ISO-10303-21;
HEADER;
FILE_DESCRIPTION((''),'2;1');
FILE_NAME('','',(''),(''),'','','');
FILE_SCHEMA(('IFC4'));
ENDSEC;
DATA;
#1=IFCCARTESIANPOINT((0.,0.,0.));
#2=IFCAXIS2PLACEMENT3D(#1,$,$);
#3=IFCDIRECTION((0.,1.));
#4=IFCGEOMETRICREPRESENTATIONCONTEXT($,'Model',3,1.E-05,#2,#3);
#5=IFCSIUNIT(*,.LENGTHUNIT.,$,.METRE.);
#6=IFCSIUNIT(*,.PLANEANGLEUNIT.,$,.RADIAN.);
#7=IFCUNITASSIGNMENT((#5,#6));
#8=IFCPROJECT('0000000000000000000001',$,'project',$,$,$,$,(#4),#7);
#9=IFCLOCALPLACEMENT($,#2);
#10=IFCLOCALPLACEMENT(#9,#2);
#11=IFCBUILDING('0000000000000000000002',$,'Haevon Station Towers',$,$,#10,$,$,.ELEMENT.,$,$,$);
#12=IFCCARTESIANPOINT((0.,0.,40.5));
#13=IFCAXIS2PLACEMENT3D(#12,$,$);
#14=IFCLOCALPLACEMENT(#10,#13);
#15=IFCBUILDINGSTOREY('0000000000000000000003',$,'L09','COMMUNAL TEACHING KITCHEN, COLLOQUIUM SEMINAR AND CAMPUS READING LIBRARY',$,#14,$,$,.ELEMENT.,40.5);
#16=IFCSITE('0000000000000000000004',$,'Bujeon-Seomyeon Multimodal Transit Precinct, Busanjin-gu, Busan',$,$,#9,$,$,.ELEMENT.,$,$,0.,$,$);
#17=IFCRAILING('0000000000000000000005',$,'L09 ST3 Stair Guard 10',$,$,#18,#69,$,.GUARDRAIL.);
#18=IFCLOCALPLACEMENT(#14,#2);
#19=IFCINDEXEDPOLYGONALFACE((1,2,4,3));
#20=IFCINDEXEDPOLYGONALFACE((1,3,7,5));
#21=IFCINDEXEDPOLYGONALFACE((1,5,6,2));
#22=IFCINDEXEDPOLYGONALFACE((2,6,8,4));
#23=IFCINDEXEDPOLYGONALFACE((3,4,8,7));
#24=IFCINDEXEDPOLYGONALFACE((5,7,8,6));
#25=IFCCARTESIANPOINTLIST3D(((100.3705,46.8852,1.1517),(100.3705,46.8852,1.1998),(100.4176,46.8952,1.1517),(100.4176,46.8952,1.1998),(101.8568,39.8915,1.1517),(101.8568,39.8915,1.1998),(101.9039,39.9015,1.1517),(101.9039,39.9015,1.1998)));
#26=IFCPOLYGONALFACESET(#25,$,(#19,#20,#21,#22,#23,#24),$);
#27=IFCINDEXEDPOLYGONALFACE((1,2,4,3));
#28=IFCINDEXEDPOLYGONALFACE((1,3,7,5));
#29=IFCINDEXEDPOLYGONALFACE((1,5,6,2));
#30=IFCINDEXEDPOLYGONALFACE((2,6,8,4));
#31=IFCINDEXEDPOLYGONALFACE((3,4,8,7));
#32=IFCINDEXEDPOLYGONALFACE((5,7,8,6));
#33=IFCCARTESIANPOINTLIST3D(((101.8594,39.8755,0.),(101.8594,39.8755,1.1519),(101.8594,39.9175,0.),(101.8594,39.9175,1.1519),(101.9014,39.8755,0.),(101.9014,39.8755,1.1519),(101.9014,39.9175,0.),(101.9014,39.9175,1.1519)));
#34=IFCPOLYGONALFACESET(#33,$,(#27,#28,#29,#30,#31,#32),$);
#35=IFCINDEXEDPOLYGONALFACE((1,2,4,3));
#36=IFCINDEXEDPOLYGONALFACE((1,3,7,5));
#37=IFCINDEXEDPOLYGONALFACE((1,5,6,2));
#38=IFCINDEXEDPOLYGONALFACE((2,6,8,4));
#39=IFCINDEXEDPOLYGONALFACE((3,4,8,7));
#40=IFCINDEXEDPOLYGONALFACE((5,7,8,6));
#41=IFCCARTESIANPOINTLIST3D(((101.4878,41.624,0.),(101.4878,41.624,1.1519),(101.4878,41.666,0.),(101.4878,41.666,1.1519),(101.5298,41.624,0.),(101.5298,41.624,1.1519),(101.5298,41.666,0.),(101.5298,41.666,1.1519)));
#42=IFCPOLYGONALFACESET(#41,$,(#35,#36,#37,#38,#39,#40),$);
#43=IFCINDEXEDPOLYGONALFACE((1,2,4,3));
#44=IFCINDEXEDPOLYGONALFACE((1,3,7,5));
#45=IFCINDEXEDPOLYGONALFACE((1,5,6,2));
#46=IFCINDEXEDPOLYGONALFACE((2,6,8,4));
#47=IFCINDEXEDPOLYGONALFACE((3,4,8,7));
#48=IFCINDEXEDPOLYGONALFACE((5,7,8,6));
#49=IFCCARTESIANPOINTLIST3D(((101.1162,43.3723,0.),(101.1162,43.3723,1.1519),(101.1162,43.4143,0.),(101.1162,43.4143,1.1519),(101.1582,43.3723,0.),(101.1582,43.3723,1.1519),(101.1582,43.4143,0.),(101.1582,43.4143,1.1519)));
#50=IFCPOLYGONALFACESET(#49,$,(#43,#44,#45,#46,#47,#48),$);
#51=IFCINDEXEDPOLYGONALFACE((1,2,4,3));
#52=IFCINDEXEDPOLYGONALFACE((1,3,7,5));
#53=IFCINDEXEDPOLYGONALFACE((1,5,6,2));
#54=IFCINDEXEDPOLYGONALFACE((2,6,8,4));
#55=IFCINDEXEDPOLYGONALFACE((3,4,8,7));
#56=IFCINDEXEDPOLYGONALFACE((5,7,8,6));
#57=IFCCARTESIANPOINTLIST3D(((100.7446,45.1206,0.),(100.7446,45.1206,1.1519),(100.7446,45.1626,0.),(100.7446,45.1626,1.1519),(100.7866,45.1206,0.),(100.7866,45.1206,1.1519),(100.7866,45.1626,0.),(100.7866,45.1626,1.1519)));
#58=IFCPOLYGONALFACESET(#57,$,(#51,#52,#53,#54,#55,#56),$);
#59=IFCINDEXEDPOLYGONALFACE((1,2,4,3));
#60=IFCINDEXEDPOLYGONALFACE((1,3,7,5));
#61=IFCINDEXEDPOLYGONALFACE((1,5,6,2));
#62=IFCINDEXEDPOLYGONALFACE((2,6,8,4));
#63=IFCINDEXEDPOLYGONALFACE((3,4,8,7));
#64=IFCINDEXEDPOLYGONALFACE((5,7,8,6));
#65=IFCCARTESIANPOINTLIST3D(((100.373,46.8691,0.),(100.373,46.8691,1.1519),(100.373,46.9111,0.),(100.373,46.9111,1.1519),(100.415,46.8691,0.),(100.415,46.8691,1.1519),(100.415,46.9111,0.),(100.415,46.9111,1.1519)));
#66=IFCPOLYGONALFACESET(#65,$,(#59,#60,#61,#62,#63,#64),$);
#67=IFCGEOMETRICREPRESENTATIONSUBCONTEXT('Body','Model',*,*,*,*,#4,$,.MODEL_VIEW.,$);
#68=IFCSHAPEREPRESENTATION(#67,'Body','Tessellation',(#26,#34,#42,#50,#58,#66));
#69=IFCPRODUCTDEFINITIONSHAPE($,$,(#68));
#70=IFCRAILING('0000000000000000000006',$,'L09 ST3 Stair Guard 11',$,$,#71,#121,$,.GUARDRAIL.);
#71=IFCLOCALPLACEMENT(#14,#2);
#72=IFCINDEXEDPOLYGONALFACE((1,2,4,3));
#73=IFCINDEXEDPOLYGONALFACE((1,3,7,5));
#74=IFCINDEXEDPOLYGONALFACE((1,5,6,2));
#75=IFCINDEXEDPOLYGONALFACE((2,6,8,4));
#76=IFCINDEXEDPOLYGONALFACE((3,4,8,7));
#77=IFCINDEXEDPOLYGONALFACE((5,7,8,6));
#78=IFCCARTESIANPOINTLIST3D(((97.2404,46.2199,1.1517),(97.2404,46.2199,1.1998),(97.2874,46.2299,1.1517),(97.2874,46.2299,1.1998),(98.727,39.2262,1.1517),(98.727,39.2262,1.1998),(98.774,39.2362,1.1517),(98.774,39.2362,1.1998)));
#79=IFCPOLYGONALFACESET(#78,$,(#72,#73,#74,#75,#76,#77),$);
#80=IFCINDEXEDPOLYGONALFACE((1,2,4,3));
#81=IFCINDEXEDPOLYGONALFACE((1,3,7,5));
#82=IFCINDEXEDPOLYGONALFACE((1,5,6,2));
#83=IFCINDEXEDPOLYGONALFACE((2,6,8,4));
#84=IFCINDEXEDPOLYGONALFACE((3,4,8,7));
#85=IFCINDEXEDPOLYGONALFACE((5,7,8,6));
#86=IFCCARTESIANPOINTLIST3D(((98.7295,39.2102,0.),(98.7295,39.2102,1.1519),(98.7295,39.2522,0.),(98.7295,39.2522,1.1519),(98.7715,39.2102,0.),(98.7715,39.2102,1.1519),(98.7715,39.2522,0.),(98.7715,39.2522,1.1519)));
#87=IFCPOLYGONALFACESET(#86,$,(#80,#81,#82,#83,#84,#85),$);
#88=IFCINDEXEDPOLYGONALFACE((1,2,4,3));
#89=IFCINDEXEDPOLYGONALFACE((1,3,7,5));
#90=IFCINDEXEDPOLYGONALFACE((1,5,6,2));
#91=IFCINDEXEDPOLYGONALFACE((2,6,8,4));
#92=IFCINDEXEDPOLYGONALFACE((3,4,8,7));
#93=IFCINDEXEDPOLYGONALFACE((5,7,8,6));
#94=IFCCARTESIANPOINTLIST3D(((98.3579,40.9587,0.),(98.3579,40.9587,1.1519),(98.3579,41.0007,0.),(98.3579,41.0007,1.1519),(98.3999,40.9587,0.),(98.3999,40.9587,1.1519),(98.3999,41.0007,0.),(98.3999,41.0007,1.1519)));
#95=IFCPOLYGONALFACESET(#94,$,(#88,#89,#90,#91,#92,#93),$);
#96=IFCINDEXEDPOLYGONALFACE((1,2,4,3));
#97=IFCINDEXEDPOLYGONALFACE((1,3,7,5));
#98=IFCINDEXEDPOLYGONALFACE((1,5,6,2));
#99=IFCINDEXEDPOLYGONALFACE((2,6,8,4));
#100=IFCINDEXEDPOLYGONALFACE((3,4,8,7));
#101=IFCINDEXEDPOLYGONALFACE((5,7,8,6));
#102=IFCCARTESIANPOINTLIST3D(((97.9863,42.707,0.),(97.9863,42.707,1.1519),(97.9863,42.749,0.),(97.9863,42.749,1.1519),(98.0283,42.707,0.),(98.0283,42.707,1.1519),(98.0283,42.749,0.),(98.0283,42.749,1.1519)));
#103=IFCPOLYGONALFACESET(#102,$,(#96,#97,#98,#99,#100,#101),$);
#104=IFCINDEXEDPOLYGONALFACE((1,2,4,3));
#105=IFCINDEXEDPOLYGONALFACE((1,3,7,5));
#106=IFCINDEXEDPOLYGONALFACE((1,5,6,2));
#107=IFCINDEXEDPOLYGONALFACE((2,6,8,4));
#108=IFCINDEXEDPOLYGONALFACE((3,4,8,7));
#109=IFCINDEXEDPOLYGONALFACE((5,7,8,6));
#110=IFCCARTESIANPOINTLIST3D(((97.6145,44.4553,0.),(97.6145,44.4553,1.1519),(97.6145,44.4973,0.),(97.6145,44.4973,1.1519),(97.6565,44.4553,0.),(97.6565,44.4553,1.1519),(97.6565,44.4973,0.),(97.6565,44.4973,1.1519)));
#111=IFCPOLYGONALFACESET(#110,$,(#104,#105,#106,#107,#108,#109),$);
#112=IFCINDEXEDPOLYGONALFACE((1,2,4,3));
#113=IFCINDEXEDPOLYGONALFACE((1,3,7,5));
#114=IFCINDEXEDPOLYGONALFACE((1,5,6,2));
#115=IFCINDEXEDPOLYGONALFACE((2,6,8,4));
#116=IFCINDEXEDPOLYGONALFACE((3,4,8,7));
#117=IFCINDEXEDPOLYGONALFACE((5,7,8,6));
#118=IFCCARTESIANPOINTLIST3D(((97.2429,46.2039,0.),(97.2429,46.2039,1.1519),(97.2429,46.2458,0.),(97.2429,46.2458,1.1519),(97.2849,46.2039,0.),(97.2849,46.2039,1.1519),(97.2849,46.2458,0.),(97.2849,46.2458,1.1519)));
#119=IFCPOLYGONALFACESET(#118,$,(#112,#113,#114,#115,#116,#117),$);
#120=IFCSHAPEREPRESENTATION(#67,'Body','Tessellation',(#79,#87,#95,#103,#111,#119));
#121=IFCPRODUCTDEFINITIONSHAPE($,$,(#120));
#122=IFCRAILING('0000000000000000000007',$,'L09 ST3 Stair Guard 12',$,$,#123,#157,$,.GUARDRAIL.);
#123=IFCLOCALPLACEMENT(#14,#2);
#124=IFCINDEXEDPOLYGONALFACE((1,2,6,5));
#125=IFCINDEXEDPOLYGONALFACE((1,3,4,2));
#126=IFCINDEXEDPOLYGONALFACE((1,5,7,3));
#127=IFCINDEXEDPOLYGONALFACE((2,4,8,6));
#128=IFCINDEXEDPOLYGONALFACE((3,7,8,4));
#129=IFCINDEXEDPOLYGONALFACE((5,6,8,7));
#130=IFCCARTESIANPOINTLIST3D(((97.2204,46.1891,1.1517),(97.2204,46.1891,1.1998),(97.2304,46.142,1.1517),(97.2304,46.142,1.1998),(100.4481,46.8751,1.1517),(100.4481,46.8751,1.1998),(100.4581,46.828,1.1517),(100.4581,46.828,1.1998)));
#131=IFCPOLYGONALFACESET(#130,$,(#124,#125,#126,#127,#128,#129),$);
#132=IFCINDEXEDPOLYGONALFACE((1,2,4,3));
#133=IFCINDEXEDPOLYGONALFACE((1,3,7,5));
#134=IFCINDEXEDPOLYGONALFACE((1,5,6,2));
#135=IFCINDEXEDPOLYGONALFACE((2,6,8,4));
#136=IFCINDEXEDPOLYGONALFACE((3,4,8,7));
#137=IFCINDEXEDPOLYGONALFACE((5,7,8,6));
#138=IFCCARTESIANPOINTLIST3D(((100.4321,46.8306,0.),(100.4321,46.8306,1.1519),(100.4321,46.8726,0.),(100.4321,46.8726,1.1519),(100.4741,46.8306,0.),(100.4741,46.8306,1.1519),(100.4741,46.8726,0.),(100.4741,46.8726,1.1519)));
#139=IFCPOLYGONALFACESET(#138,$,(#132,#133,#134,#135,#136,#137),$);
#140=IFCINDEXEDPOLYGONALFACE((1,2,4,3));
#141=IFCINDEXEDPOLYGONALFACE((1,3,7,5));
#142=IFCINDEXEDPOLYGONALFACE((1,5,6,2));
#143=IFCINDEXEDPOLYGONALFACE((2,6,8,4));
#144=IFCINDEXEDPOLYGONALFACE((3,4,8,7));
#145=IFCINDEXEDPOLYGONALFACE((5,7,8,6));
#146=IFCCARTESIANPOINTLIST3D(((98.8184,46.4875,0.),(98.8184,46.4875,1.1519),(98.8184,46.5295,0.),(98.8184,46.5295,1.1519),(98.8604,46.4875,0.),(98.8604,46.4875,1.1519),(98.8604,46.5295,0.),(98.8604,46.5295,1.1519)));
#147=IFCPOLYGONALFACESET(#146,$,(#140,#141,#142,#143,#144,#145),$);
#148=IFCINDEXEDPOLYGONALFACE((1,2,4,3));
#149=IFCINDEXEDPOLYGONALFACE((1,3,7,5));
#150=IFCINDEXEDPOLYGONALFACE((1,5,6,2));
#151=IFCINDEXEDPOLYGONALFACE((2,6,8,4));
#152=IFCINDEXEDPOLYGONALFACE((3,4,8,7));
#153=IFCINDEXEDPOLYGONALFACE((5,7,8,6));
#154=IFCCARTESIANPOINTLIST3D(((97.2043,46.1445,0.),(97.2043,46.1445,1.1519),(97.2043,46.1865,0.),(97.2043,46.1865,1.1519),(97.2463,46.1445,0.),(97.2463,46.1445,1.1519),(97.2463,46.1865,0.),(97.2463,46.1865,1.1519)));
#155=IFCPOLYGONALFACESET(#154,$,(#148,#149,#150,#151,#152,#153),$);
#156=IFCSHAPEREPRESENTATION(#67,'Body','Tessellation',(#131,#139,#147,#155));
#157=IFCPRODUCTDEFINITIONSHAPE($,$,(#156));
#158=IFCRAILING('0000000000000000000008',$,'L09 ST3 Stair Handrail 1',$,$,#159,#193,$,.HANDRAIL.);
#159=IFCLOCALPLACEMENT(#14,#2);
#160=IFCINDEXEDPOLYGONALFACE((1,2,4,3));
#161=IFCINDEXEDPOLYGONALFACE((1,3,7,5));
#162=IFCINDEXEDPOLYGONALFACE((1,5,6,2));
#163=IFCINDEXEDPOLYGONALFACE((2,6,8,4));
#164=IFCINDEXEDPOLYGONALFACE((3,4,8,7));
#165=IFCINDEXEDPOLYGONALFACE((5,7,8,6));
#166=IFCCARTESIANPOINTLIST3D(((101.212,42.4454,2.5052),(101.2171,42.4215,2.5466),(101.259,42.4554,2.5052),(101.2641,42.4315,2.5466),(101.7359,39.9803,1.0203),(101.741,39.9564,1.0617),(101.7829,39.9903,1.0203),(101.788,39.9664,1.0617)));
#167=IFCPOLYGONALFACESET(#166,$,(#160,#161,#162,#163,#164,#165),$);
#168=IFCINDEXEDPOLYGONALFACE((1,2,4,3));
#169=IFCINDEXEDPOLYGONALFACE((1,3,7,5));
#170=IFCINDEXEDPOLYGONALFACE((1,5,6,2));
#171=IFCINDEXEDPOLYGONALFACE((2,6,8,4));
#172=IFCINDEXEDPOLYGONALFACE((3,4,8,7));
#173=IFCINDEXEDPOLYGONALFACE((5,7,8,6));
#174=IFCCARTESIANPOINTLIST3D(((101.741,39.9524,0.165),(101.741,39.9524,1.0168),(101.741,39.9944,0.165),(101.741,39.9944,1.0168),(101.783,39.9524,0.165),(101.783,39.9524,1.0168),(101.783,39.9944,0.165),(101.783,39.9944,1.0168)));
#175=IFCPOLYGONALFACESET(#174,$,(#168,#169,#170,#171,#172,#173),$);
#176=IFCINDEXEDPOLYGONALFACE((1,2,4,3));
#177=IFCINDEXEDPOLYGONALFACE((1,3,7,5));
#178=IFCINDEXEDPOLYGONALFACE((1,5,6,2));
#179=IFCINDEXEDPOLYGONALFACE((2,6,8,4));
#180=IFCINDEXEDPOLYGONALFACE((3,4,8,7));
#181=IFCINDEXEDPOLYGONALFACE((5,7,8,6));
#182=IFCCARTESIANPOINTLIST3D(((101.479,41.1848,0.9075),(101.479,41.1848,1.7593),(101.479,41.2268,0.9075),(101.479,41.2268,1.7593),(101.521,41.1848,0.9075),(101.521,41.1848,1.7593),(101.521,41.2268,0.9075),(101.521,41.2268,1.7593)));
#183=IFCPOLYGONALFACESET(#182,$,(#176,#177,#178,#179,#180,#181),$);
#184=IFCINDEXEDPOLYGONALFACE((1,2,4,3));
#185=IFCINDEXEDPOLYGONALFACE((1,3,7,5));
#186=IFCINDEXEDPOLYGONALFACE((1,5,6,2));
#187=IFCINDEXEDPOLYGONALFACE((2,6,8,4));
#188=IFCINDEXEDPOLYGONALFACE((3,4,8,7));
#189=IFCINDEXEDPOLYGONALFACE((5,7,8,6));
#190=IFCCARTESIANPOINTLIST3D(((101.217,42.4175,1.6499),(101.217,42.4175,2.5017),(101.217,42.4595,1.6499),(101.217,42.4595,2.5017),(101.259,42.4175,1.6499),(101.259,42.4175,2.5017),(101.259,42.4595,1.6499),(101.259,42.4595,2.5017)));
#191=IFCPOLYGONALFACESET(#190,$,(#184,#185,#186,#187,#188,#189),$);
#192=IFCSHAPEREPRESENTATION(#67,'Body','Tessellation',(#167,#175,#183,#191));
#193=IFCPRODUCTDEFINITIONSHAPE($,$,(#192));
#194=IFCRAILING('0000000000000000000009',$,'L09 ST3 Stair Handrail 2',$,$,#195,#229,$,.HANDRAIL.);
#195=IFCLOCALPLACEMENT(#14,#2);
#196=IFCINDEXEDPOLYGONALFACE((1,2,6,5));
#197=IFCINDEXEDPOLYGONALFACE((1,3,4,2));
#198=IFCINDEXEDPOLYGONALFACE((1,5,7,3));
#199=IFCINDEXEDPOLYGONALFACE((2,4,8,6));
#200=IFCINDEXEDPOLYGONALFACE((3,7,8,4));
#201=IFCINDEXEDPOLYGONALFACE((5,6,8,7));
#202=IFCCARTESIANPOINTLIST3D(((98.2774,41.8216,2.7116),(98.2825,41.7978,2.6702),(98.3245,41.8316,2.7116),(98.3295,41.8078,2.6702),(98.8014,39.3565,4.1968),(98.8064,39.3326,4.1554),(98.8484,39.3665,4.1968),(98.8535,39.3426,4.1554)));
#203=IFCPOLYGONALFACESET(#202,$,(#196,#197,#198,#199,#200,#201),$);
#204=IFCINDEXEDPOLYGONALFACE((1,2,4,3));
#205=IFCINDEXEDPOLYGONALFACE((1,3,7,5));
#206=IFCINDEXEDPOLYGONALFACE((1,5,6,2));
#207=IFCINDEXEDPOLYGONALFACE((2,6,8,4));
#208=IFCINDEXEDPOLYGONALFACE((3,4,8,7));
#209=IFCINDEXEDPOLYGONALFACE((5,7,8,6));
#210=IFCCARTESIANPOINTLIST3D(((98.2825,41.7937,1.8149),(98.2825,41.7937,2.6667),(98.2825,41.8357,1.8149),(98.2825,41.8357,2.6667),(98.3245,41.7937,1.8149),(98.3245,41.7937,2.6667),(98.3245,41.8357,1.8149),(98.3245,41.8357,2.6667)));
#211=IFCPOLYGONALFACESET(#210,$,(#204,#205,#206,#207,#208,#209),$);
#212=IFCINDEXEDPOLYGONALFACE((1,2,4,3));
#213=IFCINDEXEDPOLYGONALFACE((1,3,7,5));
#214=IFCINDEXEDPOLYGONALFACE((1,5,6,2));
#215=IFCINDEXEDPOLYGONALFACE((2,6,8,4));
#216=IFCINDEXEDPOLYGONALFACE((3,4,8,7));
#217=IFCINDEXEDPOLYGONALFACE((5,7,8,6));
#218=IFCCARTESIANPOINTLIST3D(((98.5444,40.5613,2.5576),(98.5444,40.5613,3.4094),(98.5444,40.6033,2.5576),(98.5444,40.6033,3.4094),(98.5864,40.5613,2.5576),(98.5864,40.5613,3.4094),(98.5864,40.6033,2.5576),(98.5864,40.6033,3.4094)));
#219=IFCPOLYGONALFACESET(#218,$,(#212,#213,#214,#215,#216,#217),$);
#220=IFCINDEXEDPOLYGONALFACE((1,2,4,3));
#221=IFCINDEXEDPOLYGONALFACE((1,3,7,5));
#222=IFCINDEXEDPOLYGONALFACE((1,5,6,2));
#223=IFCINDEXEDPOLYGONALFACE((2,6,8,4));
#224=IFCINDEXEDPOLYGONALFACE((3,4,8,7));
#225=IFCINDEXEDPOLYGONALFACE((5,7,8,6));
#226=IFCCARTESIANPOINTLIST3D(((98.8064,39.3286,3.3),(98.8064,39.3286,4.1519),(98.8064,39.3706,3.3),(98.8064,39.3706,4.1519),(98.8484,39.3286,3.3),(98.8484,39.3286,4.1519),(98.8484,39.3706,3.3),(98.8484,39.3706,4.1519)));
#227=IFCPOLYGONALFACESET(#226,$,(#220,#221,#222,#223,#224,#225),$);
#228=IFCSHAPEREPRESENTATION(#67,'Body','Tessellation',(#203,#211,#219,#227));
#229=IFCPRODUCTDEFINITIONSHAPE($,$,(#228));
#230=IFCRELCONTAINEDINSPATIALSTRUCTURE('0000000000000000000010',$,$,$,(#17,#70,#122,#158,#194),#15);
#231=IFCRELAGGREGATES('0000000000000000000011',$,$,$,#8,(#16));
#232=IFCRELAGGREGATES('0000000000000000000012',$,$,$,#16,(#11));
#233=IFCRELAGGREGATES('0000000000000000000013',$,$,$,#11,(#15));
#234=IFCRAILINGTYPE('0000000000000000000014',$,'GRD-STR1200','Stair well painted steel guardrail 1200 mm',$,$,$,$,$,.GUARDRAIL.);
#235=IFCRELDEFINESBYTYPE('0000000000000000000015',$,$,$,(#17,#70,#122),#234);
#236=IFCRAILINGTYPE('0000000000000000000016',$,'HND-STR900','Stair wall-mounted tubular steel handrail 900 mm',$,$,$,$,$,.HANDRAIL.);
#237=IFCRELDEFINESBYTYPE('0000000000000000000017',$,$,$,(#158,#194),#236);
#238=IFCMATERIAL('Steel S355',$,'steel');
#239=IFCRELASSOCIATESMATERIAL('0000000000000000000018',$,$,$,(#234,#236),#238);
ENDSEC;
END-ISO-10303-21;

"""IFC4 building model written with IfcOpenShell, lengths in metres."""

from ifc_helpers import new_model, si_unit, direction, frame, origin, origin_2d, place, context, subcontext, project, spatial, rectangle, extrude, material, type_object, element, save


model = new_model("IFC4")

# Units and contexts
model_context = context("Model", 3, precision=1e-05, world=origin(), true_north=direction((0.0, 1.0)))
body_context = subcontext(model_context, "Body", "Model", "MODEL_VIEW")
ifc_project = project(units=[si_unit("LENGTHUNIT", "METRE"), si_unit("PLANEANGLEUNIT", "RADIAN")], contexts=[model_context])

# Site, building, storey
site_placement = place(None, origin())
site = spatial("IfcSite", under=ifc_project, at=site_placement, Name="Bujeon-Seomyeon Multimodal Transit Precinct, Busanjin-gu, Busan", CompositionType="ELEMENT", RefElevation=0.0)
building_placement = place(site_placement, origin())
building = spatial("IfcBuilding", under=site, at=building_placement, Name="Haevon Station Towers", CompositionType="ELEMENT")
storey_placement = place(building_placement, frame((0.0, 0.0, 40.5)))
storey = spatial("IfcBuildingStorey", under=building, at=storey_placement, Name="L09", Description="COMMUNAL TEACHING KITCHEN, COLLOQUIUM SEMINAR AND CAMPUS READING LIBRARY", CompositionType="ELEMENT", Elevation=40.5)

# Shared definitions
ifc_material_1 = material(Name="Steel S355", Category="steel")

# Railings
railing_type_1 = type_object("IfcRailingType", Name="GRD-STR1200", Description="Stair well painted steel guardrail 1200 mm", PredefinedType="GUARDRAIL", material=ifc_material_1)
railing_1_placement = place(storey_placement, frame((101.8804, 39.8965, 0.0)))
element("IfcRailing", 1, at=railing_1_placement, inside=storey, type_object=railing_type_1, Name="L09 ST3 Stair Guard 10", PredefinedType="GUARDRAIL", context=body_context, shape_type="SweptSolid", body=[
    extrude(rectangle(XDim=0.0481, YDim=0.0481, at=origin_2d()), frame((0.0, 0.0, 1.1758), z_axis=(-0.207882, 0.978154, 0.0), x_axis=(-0.978154, -0.207882, 0.0)), (0.0, 0.0, 1.0), 7.1499),
    extrude(rectangle(XDim=0.042, YDim=0.042, at=origin_2d()), origin(), (0.0, 0.0, 1.0), 1.1519),
    extrude(rectangle(XDim=0.042, YDim=0.042, at=origin_2d()), frame((-0.3716, 1.7485, 0.0)), (0.0, 0.0, 1.0), 1.1519),
    extrude(rectangle(XDim=0.042, YDim=0.042, at=origin_2d()), frame((-0.7432, 3.4968, 0.0)), (0.0, 0.0, 1.0), 1.1519),
    extrude(rectangle(XDim=0.042, YDim=0.042, at=origin_2d()), frame((-1.1147, 5.2451, 0.0)), (0.0, 0.0, 1.0), 1.1519),
    extrude(rectangle(XDim=0.042, YDim=0.042, at=origin_2d()), frame((-1.4863, 6.9937, 0.0)), (0.0, 0.0, 1.0), 1.1519),
])
railing_2_placement = place(storey_placement, frame((98.7505, 39.2312, 0.0)))
element("IfcRailing", 2, at=railing_2_placement, inside=storey, type_object=railing_type_1, Name="L09 ST3 Stair Guard 11", PredefinedType="GUARDRAIL", context=body_context, shape_type="SweptSolid", body=[
    extrude(rectangle(XDim=0.0481, YDim=0.0481, at=origin_2d()), frame((0.0, 0.0, 1.1758), z_axis=(-0.207915, 0.978147, 0.0), x_axis=(-0.978147, -0.207915, 0.0)), (0.0, 0.0, 1.0), 7.1499),
    extrude(rectangle(XDim=0.042, YDim=0.042, at=origin_2d()), origin(), (0.0, 0.0, 1.0), 1.1519),
    extrude(rectangle(XDim=0.042, YDim=0.042, at=origin_2d()), frame((-0.3716, 1.7485, 0.0)), (0.0, 0.0, 1.0), 1.1519),
    extrude(rectangle(XDim=0.042, YDim=0.042, at=origin_2d()), frame((-0.7432, 3.4968, 0.0)), (0.0, 0.0, 1.0), 1.1519),
    extrude(rectangle(XDim=0.042, YDim=0.042, at=origin_2d()), frame((-1.115, 5.2451, 0.0)), (0.0, 0.0, 1.0), 1.1519),
    extrude(rectangle(XDim=0.042, YDim=0.042, at=origin_2d()), frame((-1.4866, 6.9937, 0.0)), (0.0, 0.0, 1.0), 1.1519),
])
railing_3_placement = place(storey_placement, frame((100.4531, 46.8516, 0.0)))
element("IfcRailing", 3, at=railing_3_placement, inside=storey, type_object=railing_type_1, Name="L09 ST3 Stair Guard 12", PredefinedType="GUARDRAIL", context=body_context, shape_type="SweptSolid", body=[
    extrude(rectangle(XDim=0.0481, YDim=0.0481, at=origin_2d()), frame((0.0, 0.0, 1.1758), z_axis=(-0.978151, -0.207897, 0.0), x_axis=(0.207897, -0.978151, 0.0)), (0.0, 0.0, 1.0), 3.2998),
    extrude(rectangle(XDim=0.042, YDim=0.042, at=origin_2d()), origin(), (0.0, 0.0, 1.0), 1.1519),
    extrude(rectangle(XDim=0.042, YDim=0.042, at=origin_2d()), frame((-1.6138, -0.343, 0.0)), (0.0, 0.0, 1.0), 1.1519),
    extrude(rectangle(XDim=0.042, YDim=0.042, at=origin_2d()), frame((-3.2278, -0.686, 0.0)), (0.0, 0.0, 1.0), 1.1519),
])
railing_type_2 = type_object("IfcRailingType", Name="HND-STR900", Description="Stair wall-mounted tubular steel handrail 900 mm", PredefinedType="HANDRAIL", material=ifc_material_1)
railing_4_placement = place(storey_placement, frame((101.762, 39.9734, 0.165)))
element("IfcRailing", 4, at=railing_4_placement, inside=storey, type_object=railing_type_2, Name="L09 ST3 Stair Handrail 1", PredefinedType="HANDRAIL", context=body_context, shape_type="SweptSolid", body=[
    extrude(rectangle(XDim=0.0481, YDim=0.0481, at=origin_2d()), frame((0.0, 0.0, 0.876), z_axis=(-0.179116, 0.842748, 0.507635), x_axis=(-0.978151, -0.207895, 0.0)), (0.0, 0.0, 1.0), 2.925),
    extrude(rectangle(XDim=0.042, YDim=0.042, at=origin_2d()), origin(), (0.0, 0.0, 1.0), 0.8518),
    extrude(rectangle(XDim=0.042, YDim=0.042, at=origin_2d()), frame((-0.262, 1.2324, 0.7424)), (0.0, 0.0, 1.0), 0.8518),
    extrude(rectangle(XDim=0.042, YDim=0.042, at=origin_2d()), frame((-0.5239, 2.4651, 1.4849)), (0.0, 0.0, 1.0), 0.8518),
])
railing_5_placement = place(storey_placement, frame((98.3035, 41.8147, 1.8149)))
element("IfcRailing", 5, at=railing_5_placement, inside=storey, type_object=railing_type_2, Name="L09 ST3 Stair Handrail 2", PredefinedType="HANDRAIL", context=body_context, shape_type="SweptSolid", body=[
    extrude(rectangle(XDim=0.0481, YDim=0.0481, at=origin_2d()), frame((0.0, 0.0, 0.876), z_axis=(0.179109, -0.842712, 0.507697), x_axis=(0.978151, 0.207895, 0.0)), (0.0, 0.0, 1.0), 2.9253),
    extrude(rectangle(XDim=0.042, YDim=0.042, at=origin_2d()), origin(), (0.0, 0.0, 1.0), 0.8518),
    extrude(rectangle(XDim=0.042, YDim=0.042, at=origin_2d()), frame((0.262, -1.2324, 0.7427)), (0.0, 0.0, 1.0), 0.8518),
    extrude(rectangle(XDim=0.042, YDim=0.042, at=origin_2d()), frame((0.5239, -2.4651, 1.4851)), (0.0, 0.0, 1.0), 0.8518),
])

save(model, "model.ifc")
